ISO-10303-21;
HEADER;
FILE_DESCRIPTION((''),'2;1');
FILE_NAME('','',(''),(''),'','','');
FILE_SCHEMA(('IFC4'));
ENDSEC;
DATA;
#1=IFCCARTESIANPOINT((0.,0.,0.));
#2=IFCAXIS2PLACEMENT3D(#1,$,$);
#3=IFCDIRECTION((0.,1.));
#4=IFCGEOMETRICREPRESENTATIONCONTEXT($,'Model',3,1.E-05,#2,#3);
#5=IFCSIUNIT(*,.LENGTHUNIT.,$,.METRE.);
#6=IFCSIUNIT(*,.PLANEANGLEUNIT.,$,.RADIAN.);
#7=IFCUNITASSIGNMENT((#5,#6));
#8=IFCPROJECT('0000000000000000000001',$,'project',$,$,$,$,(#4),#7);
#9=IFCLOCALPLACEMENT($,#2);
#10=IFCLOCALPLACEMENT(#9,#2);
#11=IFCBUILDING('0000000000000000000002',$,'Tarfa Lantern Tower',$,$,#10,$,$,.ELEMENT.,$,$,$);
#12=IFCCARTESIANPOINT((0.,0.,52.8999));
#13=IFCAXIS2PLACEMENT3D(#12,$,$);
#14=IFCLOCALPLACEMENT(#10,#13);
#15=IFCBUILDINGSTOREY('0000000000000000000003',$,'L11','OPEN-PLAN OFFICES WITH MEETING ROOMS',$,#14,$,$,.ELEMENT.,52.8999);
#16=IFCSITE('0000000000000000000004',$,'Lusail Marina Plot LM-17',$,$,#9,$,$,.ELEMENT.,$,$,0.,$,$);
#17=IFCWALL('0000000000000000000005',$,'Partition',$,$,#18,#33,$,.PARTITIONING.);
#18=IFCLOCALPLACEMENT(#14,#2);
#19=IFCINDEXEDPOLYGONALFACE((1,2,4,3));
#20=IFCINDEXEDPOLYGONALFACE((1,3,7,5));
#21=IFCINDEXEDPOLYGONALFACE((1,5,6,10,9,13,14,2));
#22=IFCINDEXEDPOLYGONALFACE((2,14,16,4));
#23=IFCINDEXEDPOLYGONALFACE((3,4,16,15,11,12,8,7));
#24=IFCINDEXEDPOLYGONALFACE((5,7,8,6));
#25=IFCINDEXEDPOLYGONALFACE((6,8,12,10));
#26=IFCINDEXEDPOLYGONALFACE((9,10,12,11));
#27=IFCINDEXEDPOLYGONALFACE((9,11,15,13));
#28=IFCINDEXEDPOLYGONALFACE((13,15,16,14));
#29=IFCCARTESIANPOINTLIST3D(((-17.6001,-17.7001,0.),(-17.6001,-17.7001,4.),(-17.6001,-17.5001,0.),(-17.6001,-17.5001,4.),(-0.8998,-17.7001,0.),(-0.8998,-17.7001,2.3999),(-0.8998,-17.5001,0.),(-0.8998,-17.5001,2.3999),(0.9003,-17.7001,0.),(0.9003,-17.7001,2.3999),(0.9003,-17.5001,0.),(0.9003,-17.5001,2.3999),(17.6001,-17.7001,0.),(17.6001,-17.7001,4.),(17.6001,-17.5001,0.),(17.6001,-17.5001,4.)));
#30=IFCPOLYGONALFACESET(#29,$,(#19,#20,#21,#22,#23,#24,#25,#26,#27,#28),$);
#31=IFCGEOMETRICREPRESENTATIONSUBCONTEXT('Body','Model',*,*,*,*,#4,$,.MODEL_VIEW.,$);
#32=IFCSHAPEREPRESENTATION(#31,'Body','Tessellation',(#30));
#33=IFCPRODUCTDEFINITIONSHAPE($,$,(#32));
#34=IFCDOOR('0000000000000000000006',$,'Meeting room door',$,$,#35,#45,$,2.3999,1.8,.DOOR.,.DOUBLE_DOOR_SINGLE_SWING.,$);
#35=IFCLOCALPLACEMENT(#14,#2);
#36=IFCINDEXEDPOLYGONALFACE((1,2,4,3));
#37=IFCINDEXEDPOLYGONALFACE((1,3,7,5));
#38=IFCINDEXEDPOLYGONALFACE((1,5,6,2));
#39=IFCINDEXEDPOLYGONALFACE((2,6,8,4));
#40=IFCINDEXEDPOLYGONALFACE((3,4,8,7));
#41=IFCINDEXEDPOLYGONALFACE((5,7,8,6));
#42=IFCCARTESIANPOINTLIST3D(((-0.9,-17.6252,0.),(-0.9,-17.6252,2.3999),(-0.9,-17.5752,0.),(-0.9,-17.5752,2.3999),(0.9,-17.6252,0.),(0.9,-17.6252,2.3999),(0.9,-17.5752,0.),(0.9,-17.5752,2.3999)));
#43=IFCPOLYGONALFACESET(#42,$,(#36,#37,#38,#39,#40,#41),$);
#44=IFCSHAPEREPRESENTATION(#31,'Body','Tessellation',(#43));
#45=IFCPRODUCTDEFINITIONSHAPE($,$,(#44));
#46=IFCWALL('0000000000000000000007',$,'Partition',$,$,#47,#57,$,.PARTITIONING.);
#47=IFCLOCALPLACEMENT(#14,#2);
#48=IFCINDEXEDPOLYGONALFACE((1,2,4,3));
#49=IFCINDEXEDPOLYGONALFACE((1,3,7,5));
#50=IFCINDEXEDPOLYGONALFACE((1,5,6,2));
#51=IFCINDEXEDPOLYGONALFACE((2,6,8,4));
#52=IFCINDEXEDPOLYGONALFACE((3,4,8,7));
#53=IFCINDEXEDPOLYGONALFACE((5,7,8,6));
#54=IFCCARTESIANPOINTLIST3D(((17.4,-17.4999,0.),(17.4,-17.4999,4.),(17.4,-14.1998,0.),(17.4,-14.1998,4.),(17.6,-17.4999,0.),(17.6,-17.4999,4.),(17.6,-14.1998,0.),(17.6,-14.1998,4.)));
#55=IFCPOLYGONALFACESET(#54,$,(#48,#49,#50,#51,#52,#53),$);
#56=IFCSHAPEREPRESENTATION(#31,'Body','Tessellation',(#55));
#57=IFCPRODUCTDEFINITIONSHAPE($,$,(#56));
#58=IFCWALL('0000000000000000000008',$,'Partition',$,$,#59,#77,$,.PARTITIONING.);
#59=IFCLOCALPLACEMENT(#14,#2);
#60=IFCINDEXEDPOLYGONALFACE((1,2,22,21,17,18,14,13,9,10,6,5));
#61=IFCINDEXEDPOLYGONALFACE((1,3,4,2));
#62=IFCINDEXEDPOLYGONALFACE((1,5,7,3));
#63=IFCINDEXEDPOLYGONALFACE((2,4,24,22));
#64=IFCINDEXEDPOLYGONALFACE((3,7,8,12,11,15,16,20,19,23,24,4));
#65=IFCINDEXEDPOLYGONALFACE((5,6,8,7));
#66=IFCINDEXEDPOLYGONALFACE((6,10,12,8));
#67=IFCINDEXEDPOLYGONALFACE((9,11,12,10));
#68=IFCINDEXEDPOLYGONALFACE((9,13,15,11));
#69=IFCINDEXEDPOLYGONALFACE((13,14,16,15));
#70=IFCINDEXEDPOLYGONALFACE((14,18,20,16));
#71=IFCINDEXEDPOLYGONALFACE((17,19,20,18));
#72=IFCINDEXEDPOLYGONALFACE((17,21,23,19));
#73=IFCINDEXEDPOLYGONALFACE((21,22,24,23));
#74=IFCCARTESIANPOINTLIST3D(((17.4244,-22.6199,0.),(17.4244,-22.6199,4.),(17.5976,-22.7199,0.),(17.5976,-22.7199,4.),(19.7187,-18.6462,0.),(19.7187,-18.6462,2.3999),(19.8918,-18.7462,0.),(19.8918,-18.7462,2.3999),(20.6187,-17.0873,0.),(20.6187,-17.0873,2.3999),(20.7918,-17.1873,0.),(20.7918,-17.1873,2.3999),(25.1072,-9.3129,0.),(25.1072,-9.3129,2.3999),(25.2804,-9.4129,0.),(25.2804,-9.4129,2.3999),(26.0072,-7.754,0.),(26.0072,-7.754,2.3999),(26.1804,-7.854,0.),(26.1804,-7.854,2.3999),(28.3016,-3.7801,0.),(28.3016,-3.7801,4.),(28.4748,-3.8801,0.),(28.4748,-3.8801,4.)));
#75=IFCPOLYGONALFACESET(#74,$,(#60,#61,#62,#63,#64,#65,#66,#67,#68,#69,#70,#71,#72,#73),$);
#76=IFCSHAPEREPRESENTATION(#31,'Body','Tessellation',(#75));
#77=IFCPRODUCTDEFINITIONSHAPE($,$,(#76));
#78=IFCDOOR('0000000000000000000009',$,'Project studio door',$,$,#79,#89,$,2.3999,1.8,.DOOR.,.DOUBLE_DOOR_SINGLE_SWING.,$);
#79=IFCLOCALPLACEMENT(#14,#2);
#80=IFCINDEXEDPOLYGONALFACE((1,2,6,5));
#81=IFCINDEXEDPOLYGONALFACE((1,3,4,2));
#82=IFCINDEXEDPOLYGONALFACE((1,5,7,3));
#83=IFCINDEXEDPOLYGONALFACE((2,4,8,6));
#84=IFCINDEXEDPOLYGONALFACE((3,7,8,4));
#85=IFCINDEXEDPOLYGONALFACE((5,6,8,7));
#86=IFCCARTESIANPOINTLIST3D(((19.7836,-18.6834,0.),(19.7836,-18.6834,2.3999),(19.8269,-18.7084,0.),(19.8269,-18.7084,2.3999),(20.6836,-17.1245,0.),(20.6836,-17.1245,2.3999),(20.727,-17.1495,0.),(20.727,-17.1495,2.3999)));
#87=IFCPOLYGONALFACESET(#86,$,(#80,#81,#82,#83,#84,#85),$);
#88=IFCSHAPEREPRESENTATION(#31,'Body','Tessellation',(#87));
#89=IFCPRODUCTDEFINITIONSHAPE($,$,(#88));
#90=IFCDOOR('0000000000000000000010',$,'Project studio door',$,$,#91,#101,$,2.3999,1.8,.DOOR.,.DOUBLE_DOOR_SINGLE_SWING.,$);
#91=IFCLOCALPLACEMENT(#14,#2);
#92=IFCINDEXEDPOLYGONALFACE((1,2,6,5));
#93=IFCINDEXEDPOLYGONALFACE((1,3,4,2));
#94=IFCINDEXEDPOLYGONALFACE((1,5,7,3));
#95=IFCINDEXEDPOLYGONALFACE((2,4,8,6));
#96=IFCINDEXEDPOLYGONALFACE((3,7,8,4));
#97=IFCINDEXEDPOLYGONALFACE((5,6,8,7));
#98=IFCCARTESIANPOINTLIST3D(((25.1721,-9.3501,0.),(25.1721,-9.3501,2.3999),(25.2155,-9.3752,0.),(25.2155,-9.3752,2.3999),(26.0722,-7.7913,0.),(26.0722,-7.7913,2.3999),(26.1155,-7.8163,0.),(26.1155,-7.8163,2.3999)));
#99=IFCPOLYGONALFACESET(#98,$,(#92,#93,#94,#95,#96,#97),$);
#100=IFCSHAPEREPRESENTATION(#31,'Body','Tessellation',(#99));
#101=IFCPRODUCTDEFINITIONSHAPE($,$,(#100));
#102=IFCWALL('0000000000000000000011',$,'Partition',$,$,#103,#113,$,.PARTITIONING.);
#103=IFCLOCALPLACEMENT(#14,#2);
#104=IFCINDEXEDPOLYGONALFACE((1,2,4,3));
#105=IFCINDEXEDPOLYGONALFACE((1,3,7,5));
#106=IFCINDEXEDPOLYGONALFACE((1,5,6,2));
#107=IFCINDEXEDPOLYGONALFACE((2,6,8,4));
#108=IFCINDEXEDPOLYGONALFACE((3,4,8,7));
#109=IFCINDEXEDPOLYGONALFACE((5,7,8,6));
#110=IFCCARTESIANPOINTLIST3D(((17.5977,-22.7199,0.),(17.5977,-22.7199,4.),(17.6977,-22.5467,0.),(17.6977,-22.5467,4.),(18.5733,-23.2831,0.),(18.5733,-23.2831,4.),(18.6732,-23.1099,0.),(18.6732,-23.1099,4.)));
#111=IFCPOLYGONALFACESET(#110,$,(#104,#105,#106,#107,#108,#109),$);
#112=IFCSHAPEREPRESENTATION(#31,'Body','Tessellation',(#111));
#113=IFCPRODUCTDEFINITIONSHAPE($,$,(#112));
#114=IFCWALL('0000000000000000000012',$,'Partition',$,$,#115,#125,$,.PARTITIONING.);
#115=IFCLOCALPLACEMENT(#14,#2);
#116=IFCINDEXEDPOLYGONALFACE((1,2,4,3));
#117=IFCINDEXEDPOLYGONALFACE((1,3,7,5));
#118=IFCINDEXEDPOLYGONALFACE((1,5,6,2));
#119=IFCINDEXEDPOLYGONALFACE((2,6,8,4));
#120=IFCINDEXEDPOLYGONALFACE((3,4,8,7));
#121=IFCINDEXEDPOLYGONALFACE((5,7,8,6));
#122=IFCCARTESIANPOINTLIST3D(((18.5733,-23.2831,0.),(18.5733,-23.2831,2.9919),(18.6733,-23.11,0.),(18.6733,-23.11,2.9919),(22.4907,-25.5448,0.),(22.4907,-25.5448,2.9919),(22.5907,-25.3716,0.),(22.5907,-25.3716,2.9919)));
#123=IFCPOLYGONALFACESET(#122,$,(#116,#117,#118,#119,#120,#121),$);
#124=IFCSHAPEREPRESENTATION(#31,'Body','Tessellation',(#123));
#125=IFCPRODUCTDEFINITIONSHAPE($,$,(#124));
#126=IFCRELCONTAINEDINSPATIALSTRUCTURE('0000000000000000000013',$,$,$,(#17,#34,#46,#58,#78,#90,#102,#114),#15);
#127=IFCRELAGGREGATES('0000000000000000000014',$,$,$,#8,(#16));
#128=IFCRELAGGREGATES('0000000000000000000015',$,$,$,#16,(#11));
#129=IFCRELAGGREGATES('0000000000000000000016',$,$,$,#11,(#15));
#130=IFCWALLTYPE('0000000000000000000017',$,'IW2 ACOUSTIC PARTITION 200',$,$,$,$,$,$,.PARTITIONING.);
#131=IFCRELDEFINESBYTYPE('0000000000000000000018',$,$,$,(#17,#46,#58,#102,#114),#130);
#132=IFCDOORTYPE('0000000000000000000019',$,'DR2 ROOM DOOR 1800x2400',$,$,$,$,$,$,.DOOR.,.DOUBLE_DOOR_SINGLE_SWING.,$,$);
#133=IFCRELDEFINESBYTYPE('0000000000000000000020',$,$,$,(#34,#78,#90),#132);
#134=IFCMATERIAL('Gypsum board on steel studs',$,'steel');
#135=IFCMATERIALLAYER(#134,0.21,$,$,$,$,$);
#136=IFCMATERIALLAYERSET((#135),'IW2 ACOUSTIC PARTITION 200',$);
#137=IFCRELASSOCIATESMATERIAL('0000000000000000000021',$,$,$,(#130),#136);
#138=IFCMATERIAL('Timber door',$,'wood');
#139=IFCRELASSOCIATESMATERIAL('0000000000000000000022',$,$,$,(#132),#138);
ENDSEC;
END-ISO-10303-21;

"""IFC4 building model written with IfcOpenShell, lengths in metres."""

from ifc_helpers import new_model, si_unit, direction, frame, frame_2d, origin, place, context, subcontext, project, spatial, rectangle, extrude, material, layer, layer_set, type_object, element, fill, save


model = new_model("IFC4")

# Units and contexts
model_context = context("Model", 3, precision=1e-05, world=origin(), true_north=direction((0.0, 1.0)))
body_context = subcontext(model_context, "Body", "Model", "MODEL_VIEW")
ifc_project = project(units=[si_unit("LENGTHUNIT", "METRE"), si_unit("PLANEANGLEUNIT", "RADIAN")], contexts=[model_context])

# Site, building, storey
site_placement = place(None, origin())
site = spatial("IfcSite", under=ifc_project, at=site_placement, Name="Lusail Marina Plot LM-17", CompositionType="ELEMENT", RefElevation=0.0)
building_placement = place(site_placement, origin())
building = spatial("IfcBuilding", under=site, at=building_placement, Name="Tarfa Lantern Tower", CompositionType="ELEMENT")
storey_placement = place(building_placement, frame((0.0, 0.0, 52.8999)))
storey = spatial("IfcBuildingStorey", under=building, at=storey_placement, Name="L11", Description="OPEN-PLAN OFFICES WITH MEETING ROOMS", CompositionType="ELEMENT", Elevation=52.8999)

# Wall, opening, door
ifc_material_1 = material(Name="Gypsum board on steel studs", Category="steel")
ifc_layer_1 = layer(ifc_material_1, 0.21)
ifc_layer_set_1 = layer_set([ifc_layer_1], Name="IW2 ACOUSTIC PARTITION 200")
wall_type = type_object("IfcWallType", Name="IW2 ACOUSTIC PARTITION 200", PredefinedType="PARTITIONING", material=ifc_layer_set_1)
wall_1_placement = place(storey_placement, frame((17.6001, -17.6001, 0.0), z_axis=(0.0, 0.0, 1.0), x_axis=(-1.0, 0.0, 0.0)))
wall_1 = element("IfcWall", 1, at=wall_1_placement, inside=storey, type_object=wall_type, Name="Partition", PredefinedType="PARTITIONING", context=body_context, shape_type="SweptSolid", body=[
    extrude(rectangle(XDim=35.2002, YDim=0.2, at=frame_2d((17.6001, 0.0))), origin(), (0.0, 0.0, 1.0), 4.0),
])
opening_1_placement = place(wall_1_placement, frame((16.7, 0.0, 0.0)))
opening_1 = element("IfcOpeningElement", 2, at=opening_1_placement, cuts=wall_1, PredefinedType="OPENING", context=body_context, shape_type="SweptSolid", body=[
    extrude(rectangle(XDim=1.8, YDim=2.3999, at=frame_2d((0.8999, 1.2))), frame((0.0, 0.1099, 0.0), z_axis=(0.0, -1.0, 0.0), x_axis=(1.0, 0.0, 0.0)), (0.0, 0.0, 1.0), 0.22),
])
ifc_material_2 = material(Name="Timber door", Category="wood")
door_type = type_object("IfcDoorType", Name="DR2 ROOM DOOR 1800x2400", OperationType="DOUBLE_DOOR_SINGLE_SWING", PredefinedType="DOOR", material=ifc_material_2)
door_1_placement = place(opening_1_placement, frame((1.8, 0.0, 0.0), z_axis=(0.0, 0.0, 1.0), x_axis=(-1.0, 0.0, 0.0)))
door_1 = element("IfcDoor", 3, at=door_1_placement, inside=storey, type_object=door_type, Name="Meeting room door", OperationType="DOUBLE_DOOR_SINGLE_SWING", OverallHeight=2.3999, OverallWidth=1.8, PredefinedType="DOOR", context=body_context, shape_type="SweptSolid", body=[
    extrude(rectangle(XDim=1.8, YDim=2.3999, at=frame_2d((0.8999, 1.2))), frame((0.0, 0.0249, 0.0), z_axis=(0.0, -1.0, 0.0), x_axis=(1.0, 0.0, 0.0)), (0.0, 0.0, 1.0), 0.05),
])
fill(opening_1, door_1)

# Wall
wall_2_placement = place(storey_placement, frame((17.5, -14.2, 0.0), z_axis=(0.0, 0.0, 1.0), x_axis=(0.0, -1.0, 0.0)))
element("IfcWall", 4, at=wall_2_placement, inside=storey, type_object=wall_type, Name="Partition", PredefinedType="PARTITIONING", context=body_context, shape_type="SweptSolid", body=[
    extrude(rectangle(XDim=3.3, YDim=0.2, at=frame_2d((1.6499, 0.0))), origin(), (0.0, 0.0, 1.0), 4.0),
])

# Wall, openings, doors
wall_3_placement = place(storey_placement, frame((17.511, -22.6699, 0.0), z_axis=(0.0, 0.0, 1.0), x_axis=(0.5, 0.866025, 0.0)))
wall_3 = element("IfcWall", 5, at=wall_3_placement, inside=storey, type_object=wall_type, Name="Partition", PredefinedType="PARTITIONING", context=body_context, shape_type="SweptSolid", body=[
    extrude(rectangle(XDim=21.7544, YDim=0.2, at=frame_2d((10.8772, 0.0))), origin(), (0.0, 0.0, 1.0), 4.0),
])
opening_2_placement = place(wall_3_placement, frame((4.5886, 0.0, 0.0)))
opening_2 = element("IfcOpeningElement", 6, at=opening_2_placement, cuts=wall_3, PredefinedType="OPENING", context=body_context, shape_type="SweptSolid", body=[
    extrude(rectangle(XDim=1.8, YDim=2.3999, at=frame_2d((0.8999, 1.2))), frame((0.0, 0.1099, 0.0), z_axis=(0.0, -1.0, 0.0), x_axis=(1.0, 0.0, 0.0)), (0.0, 0.0, 1.0), 0.22),
])
opening_3_placement = place(wall_3_placement, frame((15.3657, 0.0, 0.0)))
opening_3 = element("IfcOpeningElement", 7, at=opening_3_placement, cuts=wall_3, PredefinedType="OPENING", context=body_context, shape_type="SweptSolid", body=[
    extrude(rectangle(XDim=1.8, YDim=2.3999, at=frame_2d((0.8999, 1.2))), frame((0.0, 0.1099, 0.0), z_axis=(0.0, -1.0, 0.0), x_axis=(1.0, 0.0, 0.0)), (0.0, 0.0, 1.0), 0.22),
])
door_2_placement = place(opening_2_placement, frame((1.8, 0.0, 0.0), z_axis=(0.0, 0.0, 1.0), x_axis=(-1.0, 0.0, 0.0)))
door_2 = element("IfcDoor", 8, at=door_2_placement, inside=storey, type_object=door_type, Name="Project studio door", OperationType="DOUBLE_DOOR_SINGLE_SWING", OverallHeight=2.3999, OverallWidth=1.8, PredefinedType="DOOR", context=body_context, shape_type="SweptSolid", body=[
    extrude(rectangle(XDim=1.8, YDim=2.3999, at=frame_2d((0.8999, 1.2))), frame((0.0, 0.0249, 0.0), z_axis=(0.0, -1.0, 0.0), x_axis=(1.0, 0.0, 0.0)), (0.0, 0.0, 1.0), 0.05),
])
fill(opening_2, door_2)
door_3_placement = place(opening_3_placement, frame((1.8, 0.0, 0.0), z_axis=(0.0, 0.0, 1.0), x_axis=(-1.0, 0.0, 0.0)))
door_3 = element("IfcDoor", 9, at=door_3_placement, inside=storey, type_object=door_type, Name="Project studio door", OperationType="DOUBLE_DOOR_SINGLE_SWING", OverallHeight=2.3999, OverallWidth=1.8, PredefinedType="DOOR", context=body_context, shape_type="SweptSolid", body=[
    extrude(rectangle(XDim=1.8, YDim=2.3999, at=frame_2d((0.8999, 1.2))), frame((0.0, 0.0249, 0.0), z_axis=(0.0, -1.0, 0.0), x_axis=(1.0, 0.0, 0.0)), (0.0, 0.0, 1.0), 0.05),
])
fill(opening_3, door_3)

# Walls
wall_4_placement = place(storey_placement, frame((17.6477, -22.6333, 0.0), z_axis=(0.0, 0.0, 1.0), x_axis=(0.866034, -0.499985, 0.0)))
element("IfcWall", 10, at=wall_4_placement, inside=storey, type_object=wall_type, Name="Partition", PredefinedType="PARTITIONING", context=body_context, shape_type="SweptSolid", body=[
    extrude(rectangle(XDim=1.1265, YDim=0.2, at=frame_2d((0.5632, 0.0))), origin(), (0.0, 0.0, 1.0), 4.0),
])
wall_5_placement = place(storey_placement, frame((18.6233, -23.1965, 0.0), z_axis=(0.0, 0.0, 1.0), x_axis=(0.866029, -0.499993, 0.0)))
element("IfcWall", 11, at=wall_5_placement, inside=storey, type_object=wall_type, Name="Partition", PredefinedType="PARTITIONING", context=body_context, shape_type="SweptSolid", body=[
    extrude(rectangle(XDim=4.5234, YDim=0.2, at=frame_2d((2.2617, 0.0))), origin(), (0.0, 0.0, 1.0), 2.9919),
])

save(model, "model.ifc")
